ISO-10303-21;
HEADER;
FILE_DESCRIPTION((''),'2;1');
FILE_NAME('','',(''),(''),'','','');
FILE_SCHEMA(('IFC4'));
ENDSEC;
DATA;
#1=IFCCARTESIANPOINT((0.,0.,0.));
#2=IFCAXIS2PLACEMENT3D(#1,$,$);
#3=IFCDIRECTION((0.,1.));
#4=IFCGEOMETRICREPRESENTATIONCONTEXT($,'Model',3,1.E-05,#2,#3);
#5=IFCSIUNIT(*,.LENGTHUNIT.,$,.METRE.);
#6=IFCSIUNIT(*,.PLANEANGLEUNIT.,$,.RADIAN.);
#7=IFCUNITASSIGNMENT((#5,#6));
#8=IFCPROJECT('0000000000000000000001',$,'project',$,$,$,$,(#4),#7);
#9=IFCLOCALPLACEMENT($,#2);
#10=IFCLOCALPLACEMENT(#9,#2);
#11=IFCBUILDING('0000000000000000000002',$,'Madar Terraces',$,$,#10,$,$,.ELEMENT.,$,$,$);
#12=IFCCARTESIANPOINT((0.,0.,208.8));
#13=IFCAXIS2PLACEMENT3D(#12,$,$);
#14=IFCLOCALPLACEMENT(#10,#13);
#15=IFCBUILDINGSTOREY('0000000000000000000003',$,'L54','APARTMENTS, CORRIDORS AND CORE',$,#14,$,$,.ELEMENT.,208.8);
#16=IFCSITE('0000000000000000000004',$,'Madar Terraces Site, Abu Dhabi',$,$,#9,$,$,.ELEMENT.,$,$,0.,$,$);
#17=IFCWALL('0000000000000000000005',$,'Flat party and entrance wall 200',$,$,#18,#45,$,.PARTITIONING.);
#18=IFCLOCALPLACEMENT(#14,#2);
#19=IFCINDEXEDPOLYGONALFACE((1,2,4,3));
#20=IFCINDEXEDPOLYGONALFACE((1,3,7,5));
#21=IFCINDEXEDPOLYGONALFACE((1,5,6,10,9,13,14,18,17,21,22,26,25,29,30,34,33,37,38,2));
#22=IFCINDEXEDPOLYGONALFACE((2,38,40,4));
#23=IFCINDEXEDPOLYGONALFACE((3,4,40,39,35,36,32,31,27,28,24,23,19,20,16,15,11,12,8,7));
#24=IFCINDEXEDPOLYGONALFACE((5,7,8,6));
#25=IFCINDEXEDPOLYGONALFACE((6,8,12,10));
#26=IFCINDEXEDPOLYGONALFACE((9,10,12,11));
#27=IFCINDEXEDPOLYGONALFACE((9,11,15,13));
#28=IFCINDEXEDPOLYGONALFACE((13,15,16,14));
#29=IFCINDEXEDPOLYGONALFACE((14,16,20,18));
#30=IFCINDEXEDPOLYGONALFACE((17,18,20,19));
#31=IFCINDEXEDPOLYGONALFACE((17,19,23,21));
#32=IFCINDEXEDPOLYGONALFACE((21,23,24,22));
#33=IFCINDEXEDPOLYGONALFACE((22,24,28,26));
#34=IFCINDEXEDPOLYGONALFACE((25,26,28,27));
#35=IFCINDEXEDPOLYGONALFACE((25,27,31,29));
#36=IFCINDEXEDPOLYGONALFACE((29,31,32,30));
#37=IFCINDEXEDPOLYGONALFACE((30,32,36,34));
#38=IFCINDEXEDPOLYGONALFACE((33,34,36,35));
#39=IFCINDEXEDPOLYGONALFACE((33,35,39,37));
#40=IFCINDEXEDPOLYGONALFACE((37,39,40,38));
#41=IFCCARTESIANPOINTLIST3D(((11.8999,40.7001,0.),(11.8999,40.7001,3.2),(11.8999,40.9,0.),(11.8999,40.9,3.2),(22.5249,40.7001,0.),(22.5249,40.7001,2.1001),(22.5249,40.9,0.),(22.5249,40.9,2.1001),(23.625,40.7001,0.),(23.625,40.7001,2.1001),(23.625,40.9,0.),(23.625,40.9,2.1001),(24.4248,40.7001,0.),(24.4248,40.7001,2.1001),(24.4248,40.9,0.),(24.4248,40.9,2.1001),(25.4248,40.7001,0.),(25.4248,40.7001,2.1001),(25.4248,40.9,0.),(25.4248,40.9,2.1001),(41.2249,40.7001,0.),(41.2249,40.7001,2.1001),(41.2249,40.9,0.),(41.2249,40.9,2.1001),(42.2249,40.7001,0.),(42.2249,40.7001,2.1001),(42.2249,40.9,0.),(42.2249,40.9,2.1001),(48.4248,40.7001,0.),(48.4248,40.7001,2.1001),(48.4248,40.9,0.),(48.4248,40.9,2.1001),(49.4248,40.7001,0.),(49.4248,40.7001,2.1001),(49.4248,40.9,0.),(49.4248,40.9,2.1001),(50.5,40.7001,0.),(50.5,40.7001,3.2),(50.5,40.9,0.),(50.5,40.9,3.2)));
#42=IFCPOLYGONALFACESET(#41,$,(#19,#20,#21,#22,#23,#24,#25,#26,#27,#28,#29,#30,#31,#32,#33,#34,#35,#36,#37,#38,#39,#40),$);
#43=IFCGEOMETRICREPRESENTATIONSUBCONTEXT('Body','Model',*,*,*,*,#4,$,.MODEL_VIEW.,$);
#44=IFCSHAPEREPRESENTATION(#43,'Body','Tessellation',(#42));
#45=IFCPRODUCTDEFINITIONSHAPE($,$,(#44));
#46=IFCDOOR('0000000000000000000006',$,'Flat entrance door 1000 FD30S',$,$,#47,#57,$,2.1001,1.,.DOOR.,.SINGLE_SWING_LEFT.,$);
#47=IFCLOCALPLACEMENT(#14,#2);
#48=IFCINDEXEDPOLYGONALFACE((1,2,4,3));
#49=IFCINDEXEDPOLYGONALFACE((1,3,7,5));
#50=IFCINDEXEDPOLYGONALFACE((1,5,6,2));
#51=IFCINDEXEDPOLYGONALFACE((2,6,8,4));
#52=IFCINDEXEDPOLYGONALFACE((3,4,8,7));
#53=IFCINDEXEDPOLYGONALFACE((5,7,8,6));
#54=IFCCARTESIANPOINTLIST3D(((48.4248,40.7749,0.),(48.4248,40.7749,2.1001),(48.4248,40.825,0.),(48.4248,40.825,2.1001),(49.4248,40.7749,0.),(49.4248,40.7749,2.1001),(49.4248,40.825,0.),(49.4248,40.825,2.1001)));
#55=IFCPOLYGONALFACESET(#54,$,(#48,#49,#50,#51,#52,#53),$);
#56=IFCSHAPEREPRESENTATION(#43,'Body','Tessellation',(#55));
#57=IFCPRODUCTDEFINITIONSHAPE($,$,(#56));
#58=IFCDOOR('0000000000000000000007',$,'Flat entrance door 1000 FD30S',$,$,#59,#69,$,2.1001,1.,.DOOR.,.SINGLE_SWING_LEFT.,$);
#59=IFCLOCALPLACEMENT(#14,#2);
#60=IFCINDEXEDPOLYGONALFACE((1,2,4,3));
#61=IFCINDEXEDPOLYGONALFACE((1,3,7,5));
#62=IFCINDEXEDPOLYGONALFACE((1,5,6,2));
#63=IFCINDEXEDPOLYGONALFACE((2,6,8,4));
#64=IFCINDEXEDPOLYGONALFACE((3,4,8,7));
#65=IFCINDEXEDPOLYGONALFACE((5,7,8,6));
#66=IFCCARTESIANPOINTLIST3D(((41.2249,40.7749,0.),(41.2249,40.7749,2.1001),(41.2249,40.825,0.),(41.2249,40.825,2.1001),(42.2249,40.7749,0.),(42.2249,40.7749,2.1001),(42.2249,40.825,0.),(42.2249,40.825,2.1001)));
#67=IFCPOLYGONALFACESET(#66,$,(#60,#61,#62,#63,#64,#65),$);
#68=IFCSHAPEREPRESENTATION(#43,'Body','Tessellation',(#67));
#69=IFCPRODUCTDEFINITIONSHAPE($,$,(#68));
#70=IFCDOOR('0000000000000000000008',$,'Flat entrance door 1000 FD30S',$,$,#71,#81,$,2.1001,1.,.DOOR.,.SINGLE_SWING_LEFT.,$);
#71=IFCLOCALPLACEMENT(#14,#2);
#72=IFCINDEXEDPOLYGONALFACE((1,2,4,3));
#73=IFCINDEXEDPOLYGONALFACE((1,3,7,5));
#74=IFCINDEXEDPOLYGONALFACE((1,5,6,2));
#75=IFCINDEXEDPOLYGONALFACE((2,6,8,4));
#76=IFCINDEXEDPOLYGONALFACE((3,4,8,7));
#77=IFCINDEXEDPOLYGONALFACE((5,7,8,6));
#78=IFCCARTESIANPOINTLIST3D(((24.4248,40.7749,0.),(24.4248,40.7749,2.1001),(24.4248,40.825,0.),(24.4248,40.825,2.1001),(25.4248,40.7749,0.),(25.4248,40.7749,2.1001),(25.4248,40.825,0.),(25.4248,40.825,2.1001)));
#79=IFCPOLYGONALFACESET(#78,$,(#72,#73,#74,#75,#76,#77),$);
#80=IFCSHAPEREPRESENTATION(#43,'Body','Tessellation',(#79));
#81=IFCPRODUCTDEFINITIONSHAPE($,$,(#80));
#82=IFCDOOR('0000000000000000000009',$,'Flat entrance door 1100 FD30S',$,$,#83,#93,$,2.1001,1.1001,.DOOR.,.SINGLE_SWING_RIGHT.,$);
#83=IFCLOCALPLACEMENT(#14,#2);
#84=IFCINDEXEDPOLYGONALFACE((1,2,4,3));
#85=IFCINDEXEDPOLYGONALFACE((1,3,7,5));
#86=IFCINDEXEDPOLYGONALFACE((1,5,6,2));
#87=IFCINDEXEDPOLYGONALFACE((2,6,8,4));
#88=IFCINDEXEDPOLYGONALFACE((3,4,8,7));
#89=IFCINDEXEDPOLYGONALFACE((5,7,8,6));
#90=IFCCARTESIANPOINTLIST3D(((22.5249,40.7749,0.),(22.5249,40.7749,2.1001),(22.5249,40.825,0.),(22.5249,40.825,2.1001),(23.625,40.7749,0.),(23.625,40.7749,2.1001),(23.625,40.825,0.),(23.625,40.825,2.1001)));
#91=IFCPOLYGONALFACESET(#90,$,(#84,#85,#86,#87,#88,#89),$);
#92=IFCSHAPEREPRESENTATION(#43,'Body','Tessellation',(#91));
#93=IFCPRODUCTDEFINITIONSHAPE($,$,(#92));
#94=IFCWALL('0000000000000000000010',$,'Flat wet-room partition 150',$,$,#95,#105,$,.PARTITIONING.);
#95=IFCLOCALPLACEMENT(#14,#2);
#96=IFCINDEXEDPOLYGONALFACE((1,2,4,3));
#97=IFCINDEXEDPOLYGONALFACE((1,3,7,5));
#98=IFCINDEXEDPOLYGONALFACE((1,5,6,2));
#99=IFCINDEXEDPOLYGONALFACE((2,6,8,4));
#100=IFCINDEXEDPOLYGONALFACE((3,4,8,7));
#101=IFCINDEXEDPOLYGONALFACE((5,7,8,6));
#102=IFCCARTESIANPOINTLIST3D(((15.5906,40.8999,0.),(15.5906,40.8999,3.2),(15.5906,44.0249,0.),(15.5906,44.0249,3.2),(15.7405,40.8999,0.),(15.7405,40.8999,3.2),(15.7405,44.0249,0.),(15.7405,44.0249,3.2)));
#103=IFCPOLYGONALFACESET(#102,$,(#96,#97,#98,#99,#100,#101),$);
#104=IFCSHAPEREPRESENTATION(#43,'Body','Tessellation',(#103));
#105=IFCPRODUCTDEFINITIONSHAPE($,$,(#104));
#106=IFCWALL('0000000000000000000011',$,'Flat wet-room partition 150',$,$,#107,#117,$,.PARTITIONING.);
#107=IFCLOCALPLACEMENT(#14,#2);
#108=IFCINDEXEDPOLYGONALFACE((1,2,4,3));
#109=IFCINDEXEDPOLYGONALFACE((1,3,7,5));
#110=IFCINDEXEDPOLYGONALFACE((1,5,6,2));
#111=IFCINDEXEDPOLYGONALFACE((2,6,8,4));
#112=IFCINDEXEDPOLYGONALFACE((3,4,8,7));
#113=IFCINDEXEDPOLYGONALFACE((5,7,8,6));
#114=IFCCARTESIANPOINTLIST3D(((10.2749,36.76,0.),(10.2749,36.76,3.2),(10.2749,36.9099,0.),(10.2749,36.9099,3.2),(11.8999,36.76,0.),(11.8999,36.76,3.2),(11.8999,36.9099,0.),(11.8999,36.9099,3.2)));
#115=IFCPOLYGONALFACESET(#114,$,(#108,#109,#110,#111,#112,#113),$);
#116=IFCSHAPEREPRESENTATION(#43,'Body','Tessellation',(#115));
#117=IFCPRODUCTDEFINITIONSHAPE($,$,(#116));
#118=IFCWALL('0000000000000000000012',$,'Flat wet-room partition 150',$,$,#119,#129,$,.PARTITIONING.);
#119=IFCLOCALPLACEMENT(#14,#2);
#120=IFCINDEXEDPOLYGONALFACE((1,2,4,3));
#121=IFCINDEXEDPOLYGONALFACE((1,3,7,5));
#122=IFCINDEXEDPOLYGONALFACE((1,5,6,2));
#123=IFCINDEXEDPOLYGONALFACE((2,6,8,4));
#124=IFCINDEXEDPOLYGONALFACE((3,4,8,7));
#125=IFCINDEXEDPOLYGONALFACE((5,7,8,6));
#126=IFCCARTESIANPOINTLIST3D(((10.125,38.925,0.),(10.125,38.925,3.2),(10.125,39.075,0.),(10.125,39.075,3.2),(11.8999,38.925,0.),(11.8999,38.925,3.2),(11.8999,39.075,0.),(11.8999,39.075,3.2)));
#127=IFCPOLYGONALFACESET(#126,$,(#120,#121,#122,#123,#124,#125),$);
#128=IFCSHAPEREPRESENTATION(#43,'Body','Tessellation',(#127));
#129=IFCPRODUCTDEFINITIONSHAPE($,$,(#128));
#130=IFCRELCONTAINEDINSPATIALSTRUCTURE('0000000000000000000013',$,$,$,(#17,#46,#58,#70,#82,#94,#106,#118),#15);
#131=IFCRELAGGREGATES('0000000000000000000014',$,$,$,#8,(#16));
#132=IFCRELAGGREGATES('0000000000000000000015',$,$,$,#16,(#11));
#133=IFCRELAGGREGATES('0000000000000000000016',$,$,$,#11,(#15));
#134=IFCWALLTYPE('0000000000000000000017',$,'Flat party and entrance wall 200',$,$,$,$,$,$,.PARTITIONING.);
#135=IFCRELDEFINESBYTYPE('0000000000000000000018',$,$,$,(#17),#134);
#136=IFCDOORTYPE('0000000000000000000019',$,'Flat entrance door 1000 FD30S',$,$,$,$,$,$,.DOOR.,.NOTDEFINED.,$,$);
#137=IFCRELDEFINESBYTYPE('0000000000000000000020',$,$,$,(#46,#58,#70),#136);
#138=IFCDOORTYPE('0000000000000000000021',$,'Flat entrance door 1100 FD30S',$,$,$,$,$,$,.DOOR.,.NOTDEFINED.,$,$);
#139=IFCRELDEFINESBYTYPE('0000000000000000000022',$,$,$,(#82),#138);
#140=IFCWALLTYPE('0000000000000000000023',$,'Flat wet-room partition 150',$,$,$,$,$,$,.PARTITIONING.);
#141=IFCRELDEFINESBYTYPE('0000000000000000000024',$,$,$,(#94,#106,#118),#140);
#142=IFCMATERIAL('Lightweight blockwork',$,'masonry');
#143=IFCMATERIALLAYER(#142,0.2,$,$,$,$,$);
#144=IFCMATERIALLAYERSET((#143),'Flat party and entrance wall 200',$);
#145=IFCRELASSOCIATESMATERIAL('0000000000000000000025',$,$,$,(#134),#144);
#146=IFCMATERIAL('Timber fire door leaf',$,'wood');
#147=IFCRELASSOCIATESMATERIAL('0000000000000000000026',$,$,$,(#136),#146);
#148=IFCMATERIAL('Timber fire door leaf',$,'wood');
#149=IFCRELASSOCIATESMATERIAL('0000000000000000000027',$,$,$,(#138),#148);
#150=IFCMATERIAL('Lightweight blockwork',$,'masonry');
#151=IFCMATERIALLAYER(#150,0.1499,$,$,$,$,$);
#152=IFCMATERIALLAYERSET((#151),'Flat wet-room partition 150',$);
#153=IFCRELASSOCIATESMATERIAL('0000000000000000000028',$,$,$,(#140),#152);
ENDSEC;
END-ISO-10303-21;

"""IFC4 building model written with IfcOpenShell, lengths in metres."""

from ifc_helpers import new_model, si_unit, direction, frame, frame_2d, origin, place, context, subcontext, project, spatial, rectangle, extrude, material, layer, layer_set, type_object, element, fill, save


model = new_model("IFC4")

# Units and contexts
model_context = context("Model", 3, precision=1e-05, world=origin(), true_north=direction((0.0, 1.0)))
body_context = subcontext(model_context, "Body", "Model", "MODEL_VIEW")
ifc_project = project(units=[si_unit("LENGTHUNIT", "METRE"), si_unit("PLANEANGLEUNIT", "RADIAN")], contexts=[model_context])

# Site, building, storey
site_placement = place(None, origin())
site = spatial("IfcSite", under=ifc_project, at=site_placement, Name="Madar Terraces Site, Abu Dhabi", CompositionType="ELEMENT", RefElevation=0.0)
building_placement = place(site_placement, origin())
building = spatial("IfcBuilding", under=site, at=building_placement, Name="Madar Terraces", CompositionType="ELEMENT")
storey_placement = place(building_placement, frame((0.0, 0.0, 208.8)))
storey = spatial("IfcBuildingStorey", under=building, at=storey_placement, Name="L54", Description="APARTMENTS, CORRIDORS AND CORE", CompositionType="ELEMENT", Elevation=208.8)

# Wall, openings, doors
ifc_material_1 = material(Name="Lightweight blockwork", Category="masonry")
ifc_layer_1 = layer(ifc_material_1, 0.2)
ifc_layer_set_1 = layer_set([ifc_layer_1], Name="Flat party and entrance wall 200")
wall_type_1 = type_object("IfcWallType", Name="Flat party and entrance wall 200", PredefinedType="PARTITIONING", material=ifc_layer_set_1)
wall_1_placement = place(storey_placement, frame((11.8999, 40.8, 0.0), z_axis=(0.0, 0.0, 1.0), x_axis=(1.0, 0.0, 0.0)))
wall_1 = element("IfcWall", 1, at=wall_1_placement, inside=storey, type_object=wall_type_1, Name="Flat party and entrance wall 200", PredefinedType="PARTITIONING", context=body_context, shape_type="SweptSolid", body=[
    extrude(rectangle(XDim=38.6001, YDim=0.2, at=frame_2d((19.3, 0.0))), origin(), (0.0, 0.0, 1.0), 3.2),
])
opening_1_placement = place(wall_1_placement, frame((36.5249, 0.0, 0.0)))
opening_1 = element("IfcOpeningElement", 2, at=opening_1_placement, cuts=wall_1, PredefinedType="OPENING", context=body_context, shape_type="SweptSolid", body=[
    extrude(rectangle(XDim=1.0, YDim=2.1001, at=frame_2d((0.5, 1.05))), frame((0.0, 0.1099, 0.0), z_axis=(0.0, -1.0, 0.0), x_axis=(1.0, 0.0, 0.0)), (0.0, 0.0, 1.0), 0.22),
])
opening_2_placement = place(wall_1_placement, frame((29.325, 0.0, 0.0)))
opening_2 = element("IfcOpeningElement", 3, at=opening_2_placement, cuts=wall_1, PredefinedType="OPENING", context=body_context, shape_type="SweptSolid", body=[
    extrude(rectangle(XDim=1.0, YDim=2.1001, at=frame_2d((0.5, 1.05))), frame((0.0, 0.1099, 0.0), z_axis=(0.0, -1.0, 0.0), x_axis=(1.0, 0.0, 0.0)), (0.0, 0.0, 1.0), 0.22),
])
opening_3_placement = place(wall_1_placement, frame((12.5249, 0.0, 0.0)))
opening_3 = element("IfcOpeningElement", 4, at=opening_3_placement, cuts=wall_1, PredefinedType="OPENING", context=body_context, shape_type="SweptSolid", body=[
    extrude(rectangle(XDim=1.0, YDim=2.1001, at=frame_2d((0.5, 1.05))), frame((0.0, 0.1099, 0.0), z_axis=(0.0, -1.0, 0.0), x_axis=(1.0, 0.0, 0.0)), (0.0, 0.0, 1.0), 0.22),
])
opening_4_placement = place(wall_1_placement, frame((10.625, 0.0, 0.0)))
opening_4 = element("IfcOpeningElement", 5, at=opening_4_placement, cuts=wall_1, PredefinedType="OPENING", context=body_context, shape_type="SweptSolid", body=[
    extrude(rectangle(XDim=1.1001, YDim=2.1001, at=frame_2d((0.55, 1.05))), frame((0.0, 0.1099, 0.0), z_axis=(0.0, -1.0, 0.0), x_axis=(1.0, 0.0, 0.0)), (0.0, 0.0, 1.0), 0.22),
])
ifc_material_2 = material(Name="Timber fire door leaf", Category="wood")
door_type_1 = type_object("IfcDoorType", Name="Flat entrance door 1000 FD30S", OperationType="NOTDEFINED", PredefinedType="DOOR", material=ifc_material_2)
door_1_placement = place(opening_1_placement, origin())
door_1 = element("IfcDoor", 6, at=door_1_placement, inside=storey, type_object=door_type_1, Name="Flat entrance door 1000 FD30S", OperationType="SINGLE_SWING_LEFT", OverallHeight=2.1001, OverallWidth=1.0, PredefinedType="DOOR", context=body_context, shape_type="SweptSolid", body=[
    extrude(rectangle(XDim=1.0, YDim=2.1001, at=frame_2d((0.5, 1.05))), frame((0.0, 0.0249, 0.0), z_axis=(0.0, -1.0, 0.0), x_axis=(1.0, 0.0, 0.0)), (0.0, 0.0, 1.0), 0.05),
])
fill(opening_1, door_1)
door_2_placement = place(opening_2_placement, origin())
door_2 = element("IfcDoor", 7, at=door_2_placement, inside=storey, type_object=door_type_1, Name="Flat entrance door 1000 FD30S", OperationType="SINGLE_SWING_LEFT", OverallHeight=2.1001, OverallWidth=1.0, PredefinedType="DOOR", context=body_context, shape_type="SweptSolid", body=[
    extrude(rectangle(XDim=1.0, YDim=2.1001, at=frame_2d((0.5, 1.05))), frame((0.0, 0.0249, 0.0), z_axis=(0.0, -1.0, 0.0), x_axis=(1.0, 0.0, 0.0)), (0.0, 0.0, 1.0), 0.05),
])
fill(opening_2, door_2)
door_3_placement = place(opening_3_placement, origin())
door_3 = element("IfcDoor", 8, at=door_3_placement, inside=storey, type_object=door_type_1, Name="Flat entrance door 1000 FD30S", OperationType="SINGLE_SWING_LEFT", OverallHeight=2.1001, OverallWidth=1.0, PredefinedType="DOOR", context=body_context, shape_type="SweptSolid", body=[
    extrude(rectangle(XDim=1.0, YDim=2.1001, at=frame_2d((0.5, 1.05))), frame((0.0, 0.0249, 0.0), z_axis=(0.0, -1.0, 0.0), x_axis=(1.0, 0.0, 0.0)), (0.0, 0.0, 1.0), 0.05),
])
fill(opening_3, door_3)
ifc_material_3 = material(Name="Timber fire door leaf", Category="wood")
door_type_2 = type_object("IfcDoorType", Name="Flat entrance door 1100 FD30S", OperationType="NOTDEFINED", PredefinedType="DOOR", material=ifc_material_3)
door_4_placement = place(opening_4_placement, origin())
door_4 = element("IfcDoor", 9, at=door_4_placement, inside=storey, type_object=door_type_2, Name="Flat entrance door 1100 FD30S", OperationType="SINGLE_SWING_RIGHT", OverallHeight=2.1001, OverallWidth=1.1001, PredefinedType="DOOR", context=body_context, shape_type="SweptSolid", body=[
    extrude(rectangle(XDim=1.1001, YDim=2.1001, at=frame_2d((0.55, 1.05))), frame((0.0, 0.0249, 0.0), z_axis=(0.0, -1.0, 0.0), x_axis=(1.0, 0.0, 0.0)), (0.0, 0.0, 1.0), 0.05),
])
fill(opening_4, door_4)

# Walls
ifc_material_4 = material(Name="Lightweight blockwork", Category="masonry")
ifc_layer_2 = layer(ifc_material_4, 0.1499)
ifc_layer_set_2 = layer_set([ifc_layer_2], Name="Flat wet-room partition 150")
wall_type_2 = type_object("IfcWallType", Name="Flat wet-room partition 150", PredefinedType="PARTITIONING", material=ifc_layer_set_2)
wall_2_placement = place(storey_placement, frame((15.6655, 40.8999, 0.0), z_axis=(0.0, 0.0, 1.0), x_axis=(0.0, 1.0, 0.0)))
element("IfcWall", 10, at=wall_2_placement, inside=storey, type_object=wall_type_2, Name="Flat wet-room partition 150", PredefinedType="PARTITIONING", context=body_context, shape_type="SweptSolid", body=[
    extrude(rectangle(XDim=3.125, YDim=0.1499, at=frame_2d((1.5625, 0.0))), origin(), (0.0, 0.0, 1.0), 3.2),
])
wall_3_placement = place(storey_placement, frame((11.8999, 36.835, 0.0), z_axis=(0.0, 0.0, 1.0), x_axis=(-1.0, 0.0, 0.0)))
element("IfcWall", 11, at=wall_3_placement, inside=storey, type_object=wall_type_2, Name="Flat wet-room partition 150", PredefinedType="PARTITIONING", context=body_context, shape_type="SweptSolid", body=[
    extrude(rectangle(XDim=1.625, YDim=0.1499, at=frame_2d((0.8125, 0.0))), origin(), (0.0, 0.0, 1.0), 3.2),
])
wall_4_placement = place(storey_placement, frame((11.8999, 39.0, 0.0), z_axis=(0.0, 0.0, 1.0), x_axis=(-1.0, 0.0, 0.0)))
element("IfcWall", 12, at=wall_4_placement, inside=storey, type_object=wall_type_2, Name="Flat wet-room partition 150", PredefinedType="PARTITIONING", context=body_context, shape_type="SweptSolid", body=[
    extrude(rectangle(XDim=1.7749, YDim=0.1499, at=frame_2d((0.8875, 0.0))), origin(), (0.0, 0.0, 1.0), 3.2),
])

save(model, "model.ifc")
